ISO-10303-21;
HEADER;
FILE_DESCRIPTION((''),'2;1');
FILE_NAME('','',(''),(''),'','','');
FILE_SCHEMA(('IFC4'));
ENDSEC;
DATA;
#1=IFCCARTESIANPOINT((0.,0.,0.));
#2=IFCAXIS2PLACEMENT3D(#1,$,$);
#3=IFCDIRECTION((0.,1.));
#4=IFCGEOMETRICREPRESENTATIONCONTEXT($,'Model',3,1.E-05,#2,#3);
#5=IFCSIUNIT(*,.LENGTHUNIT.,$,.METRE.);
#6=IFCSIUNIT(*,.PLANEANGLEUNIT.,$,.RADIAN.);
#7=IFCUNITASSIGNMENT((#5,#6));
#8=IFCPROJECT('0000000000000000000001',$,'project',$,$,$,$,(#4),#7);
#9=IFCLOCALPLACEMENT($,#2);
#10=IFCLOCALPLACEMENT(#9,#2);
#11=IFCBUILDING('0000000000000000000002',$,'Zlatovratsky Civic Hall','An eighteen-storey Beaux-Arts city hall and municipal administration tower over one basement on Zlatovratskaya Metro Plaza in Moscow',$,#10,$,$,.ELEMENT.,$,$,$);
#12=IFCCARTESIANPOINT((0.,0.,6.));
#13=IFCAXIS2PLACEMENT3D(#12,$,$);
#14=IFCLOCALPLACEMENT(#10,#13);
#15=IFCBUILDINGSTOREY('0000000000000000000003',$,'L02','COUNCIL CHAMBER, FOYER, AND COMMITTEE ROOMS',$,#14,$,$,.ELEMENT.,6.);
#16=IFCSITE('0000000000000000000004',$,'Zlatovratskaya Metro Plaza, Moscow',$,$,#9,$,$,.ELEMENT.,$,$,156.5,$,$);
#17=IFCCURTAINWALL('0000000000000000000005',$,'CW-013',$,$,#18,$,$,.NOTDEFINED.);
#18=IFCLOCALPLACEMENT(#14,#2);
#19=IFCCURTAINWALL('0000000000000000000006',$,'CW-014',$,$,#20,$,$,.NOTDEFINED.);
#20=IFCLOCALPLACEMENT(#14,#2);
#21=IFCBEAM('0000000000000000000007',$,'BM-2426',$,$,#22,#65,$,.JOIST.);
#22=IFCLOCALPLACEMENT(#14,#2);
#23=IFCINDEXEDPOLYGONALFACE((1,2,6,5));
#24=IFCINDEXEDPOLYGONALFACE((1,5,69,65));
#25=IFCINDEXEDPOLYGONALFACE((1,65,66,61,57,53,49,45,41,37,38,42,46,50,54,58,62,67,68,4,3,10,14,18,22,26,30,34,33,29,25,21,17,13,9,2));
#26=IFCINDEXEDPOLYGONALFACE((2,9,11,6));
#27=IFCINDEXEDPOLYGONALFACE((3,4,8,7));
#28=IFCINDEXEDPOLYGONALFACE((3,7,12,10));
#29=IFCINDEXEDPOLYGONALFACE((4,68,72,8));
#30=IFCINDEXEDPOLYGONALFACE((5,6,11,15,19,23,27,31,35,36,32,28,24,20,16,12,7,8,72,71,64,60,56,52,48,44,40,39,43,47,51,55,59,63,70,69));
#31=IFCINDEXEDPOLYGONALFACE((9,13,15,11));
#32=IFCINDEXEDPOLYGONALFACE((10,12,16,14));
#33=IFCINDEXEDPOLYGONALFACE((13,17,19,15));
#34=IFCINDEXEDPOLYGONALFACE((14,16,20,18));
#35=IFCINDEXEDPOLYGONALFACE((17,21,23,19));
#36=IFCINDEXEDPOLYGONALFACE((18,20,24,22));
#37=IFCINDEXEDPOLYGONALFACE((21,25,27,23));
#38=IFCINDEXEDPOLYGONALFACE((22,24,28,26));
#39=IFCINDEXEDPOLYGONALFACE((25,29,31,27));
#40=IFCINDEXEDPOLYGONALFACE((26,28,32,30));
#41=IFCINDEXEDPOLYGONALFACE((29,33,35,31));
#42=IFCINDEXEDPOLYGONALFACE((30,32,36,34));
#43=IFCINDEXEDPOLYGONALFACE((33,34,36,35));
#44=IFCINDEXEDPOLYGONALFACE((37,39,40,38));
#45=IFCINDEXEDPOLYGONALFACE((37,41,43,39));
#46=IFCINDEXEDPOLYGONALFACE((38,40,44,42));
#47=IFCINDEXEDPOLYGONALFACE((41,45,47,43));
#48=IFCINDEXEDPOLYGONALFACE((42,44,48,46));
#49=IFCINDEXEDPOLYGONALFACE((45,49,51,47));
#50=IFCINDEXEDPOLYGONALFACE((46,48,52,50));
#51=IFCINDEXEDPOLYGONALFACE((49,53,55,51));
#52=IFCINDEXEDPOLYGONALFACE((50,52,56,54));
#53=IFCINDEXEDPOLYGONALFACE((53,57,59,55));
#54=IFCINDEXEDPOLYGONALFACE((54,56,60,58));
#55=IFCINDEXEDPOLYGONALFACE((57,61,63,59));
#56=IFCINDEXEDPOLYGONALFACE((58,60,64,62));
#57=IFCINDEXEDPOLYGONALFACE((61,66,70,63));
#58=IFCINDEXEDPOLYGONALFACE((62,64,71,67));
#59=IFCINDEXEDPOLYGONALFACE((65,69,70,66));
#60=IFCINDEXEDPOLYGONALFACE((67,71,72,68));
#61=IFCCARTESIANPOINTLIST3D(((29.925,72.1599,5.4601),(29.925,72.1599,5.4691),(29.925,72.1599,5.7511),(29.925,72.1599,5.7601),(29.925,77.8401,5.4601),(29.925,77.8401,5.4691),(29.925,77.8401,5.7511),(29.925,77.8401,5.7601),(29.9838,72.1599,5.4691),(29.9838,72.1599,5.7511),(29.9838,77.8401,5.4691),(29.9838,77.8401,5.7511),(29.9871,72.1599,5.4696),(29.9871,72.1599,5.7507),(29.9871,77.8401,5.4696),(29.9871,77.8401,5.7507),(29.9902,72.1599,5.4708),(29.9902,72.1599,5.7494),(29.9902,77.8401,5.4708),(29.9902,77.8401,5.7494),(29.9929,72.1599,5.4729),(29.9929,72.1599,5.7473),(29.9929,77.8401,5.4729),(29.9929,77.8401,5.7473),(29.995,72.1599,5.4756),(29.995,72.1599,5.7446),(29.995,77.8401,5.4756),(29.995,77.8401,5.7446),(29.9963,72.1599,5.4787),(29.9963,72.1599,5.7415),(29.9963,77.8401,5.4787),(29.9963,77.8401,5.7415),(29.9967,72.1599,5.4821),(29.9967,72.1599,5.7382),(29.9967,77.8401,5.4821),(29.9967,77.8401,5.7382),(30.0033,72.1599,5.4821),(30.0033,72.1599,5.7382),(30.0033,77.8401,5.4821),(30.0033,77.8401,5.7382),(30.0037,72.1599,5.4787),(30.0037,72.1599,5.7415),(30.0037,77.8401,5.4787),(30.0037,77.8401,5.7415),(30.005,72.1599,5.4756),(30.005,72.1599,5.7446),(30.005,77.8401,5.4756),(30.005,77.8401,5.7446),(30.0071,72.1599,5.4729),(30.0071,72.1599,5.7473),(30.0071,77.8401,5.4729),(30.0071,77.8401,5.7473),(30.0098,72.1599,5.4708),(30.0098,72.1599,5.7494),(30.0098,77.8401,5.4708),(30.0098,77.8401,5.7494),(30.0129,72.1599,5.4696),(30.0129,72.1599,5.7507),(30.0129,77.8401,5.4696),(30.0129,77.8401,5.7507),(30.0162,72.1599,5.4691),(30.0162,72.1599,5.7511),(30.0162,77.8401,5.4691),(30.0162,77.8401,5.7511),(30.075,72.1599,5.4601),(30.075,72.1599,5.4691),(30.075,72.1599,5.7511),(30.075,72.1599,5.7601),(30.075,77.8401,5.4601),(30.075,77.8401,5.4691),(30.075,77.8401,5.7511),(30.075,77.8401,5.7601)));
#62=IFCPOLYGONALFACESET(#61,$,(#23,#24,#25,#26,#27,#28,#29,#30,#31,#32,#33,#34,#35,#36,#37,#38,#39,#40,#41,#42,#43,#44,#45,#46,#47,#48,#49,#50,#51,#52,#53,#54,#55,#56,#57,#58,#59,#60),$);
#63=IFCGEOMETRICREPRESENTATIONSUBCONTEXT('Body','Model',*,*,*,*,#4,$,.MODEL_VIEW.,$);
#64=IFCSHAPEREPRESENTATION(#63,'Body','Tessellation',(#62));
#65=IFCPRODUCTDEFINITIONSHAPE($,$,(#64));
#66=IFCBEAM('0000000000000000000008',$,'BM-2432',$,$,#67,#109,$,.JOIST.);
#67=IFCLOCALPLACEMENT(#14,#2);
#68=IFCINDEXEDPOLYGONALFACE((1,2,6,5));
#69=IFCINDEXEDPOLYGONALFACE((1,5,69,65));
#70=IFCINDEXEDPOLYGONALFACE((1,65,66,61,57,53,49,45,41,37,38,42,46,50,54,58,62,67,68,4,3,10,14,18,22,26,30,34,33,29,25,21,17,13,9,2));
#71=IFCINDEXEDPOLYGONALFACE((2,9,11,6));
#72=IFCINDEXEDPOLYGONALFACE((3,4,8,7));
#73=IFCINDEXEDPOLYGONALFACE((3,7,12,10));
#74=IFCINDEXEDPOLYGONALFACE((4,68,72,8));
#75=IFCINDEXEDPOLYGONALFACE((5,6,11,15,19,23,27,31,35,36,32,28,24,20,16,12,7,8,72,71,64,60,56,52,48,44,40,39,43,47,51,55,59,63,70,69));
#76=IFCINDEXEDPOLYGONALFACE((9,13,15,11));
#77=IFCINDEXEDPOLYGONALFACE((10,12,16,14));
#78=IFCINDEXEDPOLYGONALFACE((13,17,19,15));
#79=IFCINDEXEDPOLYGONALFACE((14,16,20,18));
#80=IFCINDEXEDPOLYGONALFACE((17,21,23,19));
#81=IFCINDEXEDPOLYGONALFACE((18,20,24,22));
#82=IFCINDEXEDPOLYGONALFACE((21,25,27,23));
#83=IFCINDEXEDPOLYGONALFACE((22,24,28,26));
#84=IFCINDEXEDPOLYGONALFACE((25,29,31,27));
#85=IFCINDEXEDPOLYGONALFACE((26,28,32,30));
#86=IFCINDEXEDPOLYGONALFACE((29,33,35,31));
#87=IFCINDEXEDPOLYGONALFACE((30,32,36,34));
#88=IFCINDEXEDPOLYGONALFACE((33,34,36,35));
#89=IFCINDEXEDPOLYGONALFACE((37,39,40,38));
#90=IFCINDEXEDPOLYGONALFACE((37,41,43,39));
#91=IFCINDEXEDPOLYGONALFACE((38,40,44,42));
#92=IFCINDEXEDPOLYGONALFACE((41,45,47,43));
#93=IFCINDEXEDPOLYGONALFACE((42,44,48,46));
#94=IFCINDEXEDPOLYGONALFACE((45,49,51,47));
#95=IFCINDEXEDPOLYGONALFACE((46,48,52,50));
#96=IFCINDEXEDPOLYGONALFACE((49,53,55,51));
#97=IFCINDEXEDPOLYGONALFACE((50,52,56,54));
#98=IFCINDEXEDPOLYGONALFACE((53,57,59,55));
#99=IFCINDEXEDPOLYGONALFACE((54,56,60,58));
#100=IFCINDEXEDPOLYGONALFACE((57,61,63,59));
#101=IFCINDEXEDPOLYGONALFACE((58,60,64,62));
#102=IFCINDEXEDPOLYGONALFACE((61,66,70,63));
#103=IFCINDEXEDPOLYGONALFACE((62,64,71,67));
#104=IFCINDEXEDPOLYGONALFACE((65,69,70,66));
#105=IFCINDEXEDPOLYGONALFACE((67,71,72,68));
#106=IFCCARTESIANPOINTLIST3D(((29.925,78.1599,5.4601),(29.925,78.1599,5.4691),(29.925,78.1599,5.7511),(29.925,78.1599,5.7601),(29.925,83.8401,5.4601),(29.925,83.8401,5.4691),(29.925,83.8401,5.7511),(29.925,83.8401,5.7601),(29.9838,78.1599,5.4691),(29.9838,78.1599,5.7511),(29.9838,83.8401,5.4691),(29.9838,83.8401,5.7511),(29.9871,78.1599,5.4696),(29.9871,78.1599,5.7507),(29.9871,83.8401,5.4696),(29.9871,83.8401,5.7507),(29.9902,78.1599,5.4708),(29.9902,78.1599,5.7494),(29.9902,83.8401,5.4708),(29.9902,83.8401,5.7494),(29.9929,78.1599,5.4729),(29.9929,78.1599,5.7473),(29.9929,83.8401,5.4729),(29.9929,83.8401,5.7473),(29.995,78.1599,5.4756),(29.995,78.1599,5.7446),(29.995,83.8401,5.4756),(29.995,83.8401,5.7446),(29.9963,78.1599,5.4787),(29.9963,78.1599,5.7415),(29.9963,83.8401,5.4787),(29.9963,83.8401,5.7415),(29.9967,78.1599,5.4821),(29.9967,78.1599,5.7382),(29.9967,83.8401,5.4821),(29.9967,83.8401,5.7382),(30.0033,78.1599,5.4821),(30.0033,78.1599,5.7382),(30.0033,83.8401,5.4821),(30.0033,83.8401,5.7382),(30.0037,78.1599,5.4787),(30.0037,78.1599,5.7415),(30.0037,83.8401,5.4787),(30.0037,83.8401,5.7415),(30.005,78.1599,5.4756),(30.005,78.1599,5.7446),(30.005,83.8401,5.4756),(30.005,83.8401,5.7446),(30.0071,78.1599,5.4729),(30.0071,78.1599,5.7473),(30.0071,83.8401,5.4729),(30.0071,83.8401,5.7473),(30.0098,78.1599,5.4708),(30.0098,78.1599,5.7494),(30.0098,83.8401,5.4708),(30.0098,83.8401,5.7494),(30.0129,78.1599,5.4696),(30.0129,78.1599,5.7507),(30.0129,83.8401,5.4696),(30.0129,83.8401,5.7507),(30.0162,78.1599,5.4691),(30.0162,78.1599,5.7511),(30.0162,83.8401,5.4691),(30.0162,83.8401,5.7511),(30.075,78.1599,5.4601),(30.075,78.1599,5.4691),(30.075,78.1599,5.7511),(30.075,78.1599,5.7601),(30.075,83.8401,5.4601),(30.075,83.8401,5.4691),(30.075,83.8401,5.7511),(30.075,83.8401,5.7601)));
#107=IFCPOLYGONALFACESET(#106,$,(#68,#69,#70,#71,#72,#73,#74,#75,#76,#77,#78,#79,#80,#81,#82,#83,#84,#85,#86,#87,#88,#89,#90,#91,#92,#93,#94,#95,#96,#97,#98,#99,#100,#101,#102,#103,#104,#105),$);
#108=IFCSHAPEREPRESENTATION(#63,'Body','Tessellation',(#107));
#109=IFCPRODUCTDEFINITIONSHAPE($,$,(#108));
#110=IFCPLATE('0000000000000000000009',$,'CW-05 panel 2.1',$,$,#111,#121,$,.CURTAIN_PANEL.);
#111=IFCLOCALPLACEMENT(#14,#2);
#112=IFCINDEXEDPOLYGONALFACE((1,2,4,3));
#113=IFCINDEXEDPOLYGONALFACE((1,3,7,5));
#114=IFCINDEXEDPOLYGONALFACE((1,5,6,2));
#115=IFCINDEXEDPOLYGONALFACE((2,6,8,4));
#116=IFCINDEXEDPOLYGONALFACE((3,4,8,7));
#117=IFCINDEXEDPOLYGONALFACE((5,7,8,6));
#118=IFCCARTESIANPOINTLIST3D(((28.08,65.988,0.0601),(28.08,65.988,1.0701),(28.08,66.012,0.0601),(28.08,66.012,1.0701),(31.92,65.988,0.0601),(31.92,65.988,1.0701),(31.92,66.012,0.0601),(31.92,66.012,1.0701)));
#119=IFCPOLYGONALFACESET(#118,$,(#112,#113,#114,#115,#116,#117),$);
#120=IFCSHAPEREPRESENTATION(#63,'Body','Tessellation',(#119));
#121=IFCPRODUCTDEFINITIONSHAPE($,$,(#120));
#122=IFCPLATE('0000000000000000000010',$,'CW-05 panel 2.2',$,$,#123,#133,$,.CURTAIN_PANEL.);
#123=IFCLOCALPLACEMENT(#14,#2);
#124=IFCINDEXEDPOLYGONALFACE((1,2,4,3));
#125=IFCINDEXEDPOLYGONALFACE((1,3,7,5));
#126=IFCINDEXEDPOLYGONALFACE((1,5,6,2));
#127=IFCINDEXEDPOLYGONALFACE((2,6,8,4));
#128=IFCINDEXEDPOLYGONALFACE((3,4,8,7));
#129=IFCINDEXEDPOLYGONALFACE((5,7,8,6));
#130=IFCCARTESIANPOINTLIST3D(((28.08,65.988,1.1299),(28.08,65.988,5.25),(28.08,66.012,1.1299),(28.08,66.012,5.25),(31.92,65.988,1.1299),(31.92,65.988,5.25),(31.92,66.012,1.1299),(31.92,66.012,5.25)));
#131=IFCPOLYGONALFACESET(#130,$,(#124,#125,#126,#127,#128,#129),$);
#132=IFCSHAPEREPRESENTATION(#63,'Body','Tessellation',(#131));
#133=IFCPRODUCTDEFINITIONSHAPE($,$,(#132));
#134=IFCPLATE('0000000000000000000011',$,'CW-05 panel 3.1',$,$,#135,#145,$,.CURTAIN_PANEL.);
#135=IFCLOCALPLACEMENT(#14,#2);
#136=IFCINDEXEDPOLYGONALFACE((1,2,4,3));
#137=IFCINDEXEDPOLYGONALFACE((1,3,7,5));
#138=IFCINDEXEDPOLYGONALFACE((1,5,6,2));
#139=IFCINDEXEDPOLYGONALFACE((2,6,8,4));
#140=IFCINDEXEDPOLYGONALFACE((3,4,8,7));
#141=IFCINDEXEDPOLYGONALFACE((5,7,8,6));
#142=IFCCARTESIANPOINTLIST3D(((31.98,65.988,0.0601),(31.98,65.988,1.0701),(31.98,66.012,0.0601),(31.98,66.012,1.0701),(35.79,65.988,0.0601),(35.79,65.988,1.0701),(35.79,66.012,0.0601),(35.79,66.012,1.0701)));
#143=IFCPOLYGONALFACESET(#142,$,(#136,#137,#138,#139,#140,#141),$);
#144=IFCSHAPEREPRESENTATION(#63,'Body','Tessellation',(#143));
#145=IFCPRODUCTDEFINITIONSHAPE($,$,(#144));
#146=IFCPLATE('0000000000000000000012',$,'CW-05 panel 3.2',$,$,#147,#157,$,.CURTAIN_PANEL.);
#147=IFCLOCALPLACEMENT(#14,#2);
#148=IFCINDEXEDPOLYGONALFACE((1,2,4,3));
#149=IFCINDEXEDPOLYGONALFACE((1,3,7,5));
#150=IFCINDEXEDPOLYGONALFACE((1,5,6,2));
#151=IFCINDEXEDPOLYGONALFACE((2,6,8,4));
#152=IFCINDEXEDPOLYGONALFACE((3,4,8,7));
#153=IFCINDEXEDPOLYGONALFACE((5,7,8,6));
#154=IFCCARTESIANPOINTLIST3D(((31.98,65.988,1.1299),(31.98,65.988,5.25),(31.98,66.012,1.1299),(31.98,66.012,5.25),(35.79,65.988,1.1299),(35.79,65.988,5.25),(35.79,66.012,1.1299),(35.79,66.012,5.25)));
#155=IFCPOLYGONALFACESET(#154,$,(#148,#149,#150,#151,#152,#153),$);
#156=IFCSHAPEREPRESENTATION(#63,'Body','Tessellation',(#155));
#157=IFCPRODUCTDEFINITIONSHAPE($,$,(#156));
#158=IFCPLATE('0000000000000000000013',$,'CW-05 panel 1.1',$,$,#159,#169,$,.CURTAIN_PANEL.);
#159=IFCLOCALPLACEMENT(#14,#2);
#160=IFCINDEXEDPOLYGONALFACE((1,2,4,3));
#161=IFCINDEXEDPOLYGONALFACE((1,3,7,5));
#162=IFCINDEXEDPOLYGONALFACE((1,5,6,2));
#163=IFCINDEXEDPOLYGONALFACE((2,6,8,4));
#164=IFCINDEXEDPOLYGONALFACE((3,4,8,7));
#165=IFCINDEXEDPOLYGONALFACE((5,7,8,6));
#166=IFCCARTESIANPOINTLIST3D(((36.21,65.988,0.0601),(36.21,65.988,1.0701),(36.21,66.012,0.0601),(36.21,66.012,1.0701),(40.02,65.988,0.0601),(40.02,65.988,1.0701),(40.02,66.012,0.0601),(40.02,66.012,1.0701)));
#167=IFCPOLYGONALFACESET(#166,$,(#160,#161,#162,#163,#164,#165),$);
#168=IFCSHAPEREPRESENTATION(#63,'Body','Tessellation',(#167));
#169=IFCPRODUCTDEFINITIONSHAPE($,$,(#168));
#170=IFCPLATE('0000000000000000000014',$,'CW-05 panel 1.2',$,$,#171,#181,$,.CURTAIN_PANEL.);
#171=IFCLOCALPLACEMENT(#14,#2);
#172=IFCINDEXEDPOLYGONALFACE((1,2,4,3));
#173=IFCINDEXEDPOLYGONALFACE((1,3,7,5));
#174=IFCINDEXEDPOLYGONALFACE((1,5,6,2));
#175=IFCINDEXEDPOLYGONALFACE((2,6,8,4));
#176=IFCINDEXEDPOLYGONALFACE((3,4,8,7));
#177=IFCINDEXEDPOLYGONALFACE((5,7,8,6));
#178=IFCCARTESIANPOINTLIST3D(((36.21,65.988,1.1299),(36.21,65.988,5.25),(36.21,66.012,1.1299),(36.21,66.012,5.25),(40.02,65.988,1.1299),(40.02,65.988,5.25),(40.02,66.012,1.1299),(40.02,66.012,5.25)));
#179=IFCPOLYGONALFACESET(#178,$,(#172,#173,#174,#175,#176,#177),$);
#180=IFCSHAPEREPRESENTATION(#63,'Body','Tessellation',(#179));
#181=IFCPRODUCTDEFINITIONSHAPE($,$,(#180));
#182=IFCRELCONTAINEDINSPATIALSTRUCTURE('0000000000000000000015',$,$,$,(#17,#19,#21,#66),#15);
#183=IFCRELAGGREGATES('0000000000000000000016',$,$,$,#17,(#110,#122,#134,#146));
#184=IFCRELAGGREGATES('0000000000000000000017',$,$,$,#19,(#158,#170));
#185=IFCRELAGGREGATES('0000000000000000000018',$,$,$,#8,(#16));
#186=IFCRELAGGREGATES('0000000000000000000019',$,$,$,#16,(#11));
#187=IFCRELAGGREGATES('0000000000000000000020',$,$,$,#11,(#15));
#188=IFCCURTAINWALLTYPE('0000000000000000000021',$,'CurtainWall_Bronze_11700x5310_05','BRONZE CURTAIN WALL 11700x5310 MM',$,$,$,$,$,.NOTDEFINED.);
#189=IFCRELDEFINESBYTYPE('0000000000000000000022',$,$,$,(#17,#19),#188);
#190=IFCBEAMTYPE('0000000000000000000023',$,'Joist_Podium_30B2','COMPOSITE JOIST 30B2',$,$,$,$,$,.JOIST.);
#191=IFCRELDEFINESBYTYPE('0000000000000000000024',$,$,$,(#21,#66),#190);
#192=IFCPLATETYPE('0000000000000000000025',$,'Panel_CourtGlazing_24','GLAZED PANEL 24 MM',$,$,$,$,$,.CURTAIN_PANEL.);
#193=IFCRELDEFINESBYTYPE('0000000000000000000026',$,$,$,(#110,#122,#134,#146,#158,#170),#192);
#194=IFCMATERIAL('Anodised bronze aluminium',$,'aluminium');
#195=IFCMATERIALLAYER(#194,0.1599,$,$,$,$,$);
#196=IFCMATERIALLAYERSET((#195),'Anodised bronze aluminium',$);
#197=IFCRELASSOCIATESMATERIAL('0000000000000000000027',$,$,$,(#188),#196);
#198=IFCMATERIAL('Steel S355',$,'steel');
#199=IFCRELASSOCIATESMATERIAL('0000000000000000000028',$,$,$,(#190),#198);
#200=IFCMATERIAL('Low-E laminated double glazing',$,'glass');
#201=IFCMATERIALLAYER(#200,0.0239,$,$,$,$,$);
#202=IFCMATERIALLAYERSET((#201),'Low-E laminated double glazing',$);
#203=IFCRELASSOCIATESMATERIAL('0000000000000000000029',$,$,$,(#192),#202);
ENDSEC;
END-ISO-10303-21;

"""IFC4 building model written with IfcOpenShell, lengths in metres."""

from ifc_helpers import new_model, si_unit, direction, frame, origin, origin_2d, place, context, subcontext, project, spatial, rectangle, i_section, extrude, material, layer, layer_set, material_profile, profile_set, type_object, element, aggregate, save


model = new_model("IFC4")

# Units and contexts
model_context = context("Model", 3, precision=1e-05, world=origin(), true_north=direction((0.0, 1.0)))
body_context = subcontext(model_context, "Body", "Model", "MODEL_VIEW")
ifc_project = project(units=[si_unit("LENGTHUNIT", "METRE"), si_unit("PLANEANGLEUNIT", "RADIAN")], contexts=[model_context])

# Site, building, storey
site_placement = place(None, origin())
site = spatial("IfcSite", under=ifc_project, at=site_placement, Name="Zlatovratskaya Metro Plaza, Moscow", CompositionType="ELEMENT", RefElevation=156.5)
building_placement = place(site_placement, origin())
building = spatial("IfcBuilding", under=site, at=building_placement, Name="Zlatovratsky Civic Hall", Description="An eighteen-storey Beaux-Arts city hall and municipal administration tower over one basement on Zlatovratskaya Metro Plaza in Moscow", CompositionType="ELEMENT")
storey_placement = place(building_placement, frame((0.0, 0.0, 6.0)))
storey = spatial("IfcBuildingStorey", under=building, at=storey_placement, Name="L02", Description="COUNCIL CHAMBER, FOYER, AND COMMITTEE ROOMS", CompositionType="ELEMENT", Elevation=6.0)

# Shared definitions
ifc_material_1 = material(Name="Steel S355", Category="steel")

# Curtain walls
ifc_material_2 = material(Name="Anodised bronze aluminium", Category="aluminium")
ifc_layer_1 = layer(ifc_material_2, 0.1599)
ifc_layer_set_1 = layer_set([ifc_layer_1], Name="Anodised bronze aluminium")
curtain_wall_type = type_object("IfcCurtainWallType", Name="CurtainWall_Bronze_11700x5310_05", Description="BRONZE CURTAIN WALL 11700x5310 MM", PredefinedType="NOTDEFINED", material=ifc_layer_set_1)
curtain_wall_1_placement = place(storey_placement, origin())
curtain_wall_1 = element("IfcCurtainWall", 1, at=curtain_wall_1_placement, inside=storey, type_object=curtain_wall_type, Name="CW-013", PredefinedType="NOTDEFINED")
curtain_wall_2_placement = place(storey_placement, origin())
curtain_wall_2 = element("IfcCurtainWall", 2, at=curtain_wall_2_placement, inside=storey, type_object=curtain_wall_type, Name="CW-014", PredefinedType="NOTDEFINED")

# Beams
ifc_material_profile_1 = material_profile(ifc_material_1, i_section(OverallWidth=0.1499, OverallDepth=0.3, WebThickness=0.0066, FlangeThickness=0.009, FilletRadius=0.0129, at=origin_2d()), Name="30B2")
ifc_profile_set_1 = profile_set([ifc_material_profile_1], Name="Steel S355")
beam_type_1 = type_object("IfcBeamType", Name="Joist_Podium_30B2", Description="COMPOSITE JOIST 30B2", PredefinedType="JOIST", material=ifc_profile_set_1)
for number, where, z_axis, x_axis, name in (
    (3, (30.0, 72.1599, 5.6101), (0.0, 1.0, 0.0), (-1.0, 0.0, 0.0), "BM-2426"),
    (4, (30.0, 78.1599, 5.6101), (0.0, 1.0, 0.0), (-1.0, 0.0, 0.0), "BM-2432"),
):
    element("IfcBeam", number, at=place(storey_placement, frame(where, z_axis=z_axis, x_axis=x_axis)), inside=storey, type_object=beam_type_1, Name=name, PredefinedType="JOIST", context=body_context, shape_type="SweptSolid", body=[
        extrude(i_section(OverallWidth=0.1499, OverallDepth=0.3, WebThickness=0.0066, FlangeThickness=0.009, FilletRadius=0.0129, at=origin_2d()), origin(), (0.0, 0.0, 1.0), 5.6802),
    ])

# Plates
ifc_material_3 = material(Name="Low-E laminated double glazing", Category="glass")
ifc_layer_2 = layer(ifc_material_3, 0.0239)
ifc_layer_set_2 = layer_set([ifc_layer_2], Name="Low-E laminated double glazing")
plate_type = type_object("IfcPlateType", Name="Panel_CourtGlazing_24", Description="GLAZED PANEL 24 MM", PredefinedType="CURTAIN_PANEL", material=ifc_layer_set_2)
plate_1_placement = place(storey_placement, frame((30.0, 66.0, 0.0601), z_axis=(0.0, 0.0, 1.0), x_axis=(1.0, 0.0, 0.0)))
plate_1 = element("IfcPlate", 5, at=plate_1_placement, type_object=plate_type, Name="CW-05 panel 2.1", PredefinedType="CURTAIN_PANEL", context=body_context, shape_type="SweptSolid", body=[
    extrude(rectangle(XDim=3.8401, YDim=0.0239, at=origin_2d()), origin(), (0.0, 0.0, 1.0), 1.01),
])
plate_2_placement = place(storey_placement, frame((30.0, 66.0, 1.1299), z_axis=(0.0, 0.0, 1.0), x_axis=(1.0, 0.0, 0.0)))
plate_2 = element("IfcPlate", 6, at=plate_2_placement, type_object=plate_type, Name="CW-05 panel 2.2", PredefinedType="CURTAIN_PANEL", context=body_context, shape_type="SweptSolid", body=[
    extrude(rectangle(XDim=3.8401, YDim=0.0239, at=origin_2d()), origin(), (0.0, 0.0, 1.0), 4.1201),
])
plate_3_placement = place(storey_placement, frame((33.885, 66.0, 0.0601), z_axis=(0.0, 0.0, 1.0), x_axis=(1.0, 0.0, 0.0)))
plate_3 = element("IfcPlate", 7, at=plate_3_placement, type_object=plate_type, Name="CW-05 panel 3.1", PredefinedType="CURTAIN_PANEL", context=body_context, shape_type="SweptSolid", body=[
    extrude(rectangle(XDim=3.8101, YDim=0.0239, at=origin_2d()), origin(), (0.0, 0.0, 1.0), 1.01),
])
plate_4_placement = place(storey_placement, frame((33.885, 66.0, 1.1299), z_axis=(0.0, 0.0, 1.0), x_axis=(1.0, 0.0, 0.0)))
plate_4 = element("IfcPlate", 8, at=plate_4_placement, type_object=plate_type, Name="CW-05 panel 3.2", PredefinedType="CURTAIN_PANEL", context=body_context, shape_type="SweptSolid", body=[
    extrude(rectangle(XDim=3.8101, YDim=0.0239, at=origin_2d()), origin(), (0.0, 0.0, 1.0), 4.1201),
])
aggregate(curtain_wall_1, [plate_1, plate_2, plate_3, plate_4])
plate_5_placement = place(storey_placement, frame((38.115, 66.0, 0.0601), z_axis=(0.0, 0.0, 1.0), x_axis=(1.0, 0.0, 0.0)))
plate_5 = element("IfcPlate", 9, at=plate_5_placement, type_object=plate_type, Name="CW-05 panel 1.1", PredefinedType="CURTAIN_PANEL", context=body_context, shape_type="SweptSolid", body=[
    extrude(rectangle(XDim=3.8101, YDim=0.0239, at=origin_2d()), origin(), (0.0, 0.0, 1.0), 1.01),
])
plate_6_placement = place(storey_placement, frame((38.115, 66.0, 1.1299), z_axis=(0.0, 0.0, 1.0), x_axis=(1.0, 0.0, 0.0)))
plate_6 = element("IfcPlate", 10, at=plate_6_placement, type_object=plate_type, Name="CW-05 panel 1.2", PredefinedType="CURTAIN_PANEL", context=body_context, shape_type="SweptSolid", body=[
    extrude(rectangle(XDim=3.8101, YDim=0.0239, at=origin_2d()), origin(), (0.0, 0.0, 1.0), 4.1201),
])
aggregate(curtain_wall_2, [plate_5, plate_6])

save(model, "model.ifc")
